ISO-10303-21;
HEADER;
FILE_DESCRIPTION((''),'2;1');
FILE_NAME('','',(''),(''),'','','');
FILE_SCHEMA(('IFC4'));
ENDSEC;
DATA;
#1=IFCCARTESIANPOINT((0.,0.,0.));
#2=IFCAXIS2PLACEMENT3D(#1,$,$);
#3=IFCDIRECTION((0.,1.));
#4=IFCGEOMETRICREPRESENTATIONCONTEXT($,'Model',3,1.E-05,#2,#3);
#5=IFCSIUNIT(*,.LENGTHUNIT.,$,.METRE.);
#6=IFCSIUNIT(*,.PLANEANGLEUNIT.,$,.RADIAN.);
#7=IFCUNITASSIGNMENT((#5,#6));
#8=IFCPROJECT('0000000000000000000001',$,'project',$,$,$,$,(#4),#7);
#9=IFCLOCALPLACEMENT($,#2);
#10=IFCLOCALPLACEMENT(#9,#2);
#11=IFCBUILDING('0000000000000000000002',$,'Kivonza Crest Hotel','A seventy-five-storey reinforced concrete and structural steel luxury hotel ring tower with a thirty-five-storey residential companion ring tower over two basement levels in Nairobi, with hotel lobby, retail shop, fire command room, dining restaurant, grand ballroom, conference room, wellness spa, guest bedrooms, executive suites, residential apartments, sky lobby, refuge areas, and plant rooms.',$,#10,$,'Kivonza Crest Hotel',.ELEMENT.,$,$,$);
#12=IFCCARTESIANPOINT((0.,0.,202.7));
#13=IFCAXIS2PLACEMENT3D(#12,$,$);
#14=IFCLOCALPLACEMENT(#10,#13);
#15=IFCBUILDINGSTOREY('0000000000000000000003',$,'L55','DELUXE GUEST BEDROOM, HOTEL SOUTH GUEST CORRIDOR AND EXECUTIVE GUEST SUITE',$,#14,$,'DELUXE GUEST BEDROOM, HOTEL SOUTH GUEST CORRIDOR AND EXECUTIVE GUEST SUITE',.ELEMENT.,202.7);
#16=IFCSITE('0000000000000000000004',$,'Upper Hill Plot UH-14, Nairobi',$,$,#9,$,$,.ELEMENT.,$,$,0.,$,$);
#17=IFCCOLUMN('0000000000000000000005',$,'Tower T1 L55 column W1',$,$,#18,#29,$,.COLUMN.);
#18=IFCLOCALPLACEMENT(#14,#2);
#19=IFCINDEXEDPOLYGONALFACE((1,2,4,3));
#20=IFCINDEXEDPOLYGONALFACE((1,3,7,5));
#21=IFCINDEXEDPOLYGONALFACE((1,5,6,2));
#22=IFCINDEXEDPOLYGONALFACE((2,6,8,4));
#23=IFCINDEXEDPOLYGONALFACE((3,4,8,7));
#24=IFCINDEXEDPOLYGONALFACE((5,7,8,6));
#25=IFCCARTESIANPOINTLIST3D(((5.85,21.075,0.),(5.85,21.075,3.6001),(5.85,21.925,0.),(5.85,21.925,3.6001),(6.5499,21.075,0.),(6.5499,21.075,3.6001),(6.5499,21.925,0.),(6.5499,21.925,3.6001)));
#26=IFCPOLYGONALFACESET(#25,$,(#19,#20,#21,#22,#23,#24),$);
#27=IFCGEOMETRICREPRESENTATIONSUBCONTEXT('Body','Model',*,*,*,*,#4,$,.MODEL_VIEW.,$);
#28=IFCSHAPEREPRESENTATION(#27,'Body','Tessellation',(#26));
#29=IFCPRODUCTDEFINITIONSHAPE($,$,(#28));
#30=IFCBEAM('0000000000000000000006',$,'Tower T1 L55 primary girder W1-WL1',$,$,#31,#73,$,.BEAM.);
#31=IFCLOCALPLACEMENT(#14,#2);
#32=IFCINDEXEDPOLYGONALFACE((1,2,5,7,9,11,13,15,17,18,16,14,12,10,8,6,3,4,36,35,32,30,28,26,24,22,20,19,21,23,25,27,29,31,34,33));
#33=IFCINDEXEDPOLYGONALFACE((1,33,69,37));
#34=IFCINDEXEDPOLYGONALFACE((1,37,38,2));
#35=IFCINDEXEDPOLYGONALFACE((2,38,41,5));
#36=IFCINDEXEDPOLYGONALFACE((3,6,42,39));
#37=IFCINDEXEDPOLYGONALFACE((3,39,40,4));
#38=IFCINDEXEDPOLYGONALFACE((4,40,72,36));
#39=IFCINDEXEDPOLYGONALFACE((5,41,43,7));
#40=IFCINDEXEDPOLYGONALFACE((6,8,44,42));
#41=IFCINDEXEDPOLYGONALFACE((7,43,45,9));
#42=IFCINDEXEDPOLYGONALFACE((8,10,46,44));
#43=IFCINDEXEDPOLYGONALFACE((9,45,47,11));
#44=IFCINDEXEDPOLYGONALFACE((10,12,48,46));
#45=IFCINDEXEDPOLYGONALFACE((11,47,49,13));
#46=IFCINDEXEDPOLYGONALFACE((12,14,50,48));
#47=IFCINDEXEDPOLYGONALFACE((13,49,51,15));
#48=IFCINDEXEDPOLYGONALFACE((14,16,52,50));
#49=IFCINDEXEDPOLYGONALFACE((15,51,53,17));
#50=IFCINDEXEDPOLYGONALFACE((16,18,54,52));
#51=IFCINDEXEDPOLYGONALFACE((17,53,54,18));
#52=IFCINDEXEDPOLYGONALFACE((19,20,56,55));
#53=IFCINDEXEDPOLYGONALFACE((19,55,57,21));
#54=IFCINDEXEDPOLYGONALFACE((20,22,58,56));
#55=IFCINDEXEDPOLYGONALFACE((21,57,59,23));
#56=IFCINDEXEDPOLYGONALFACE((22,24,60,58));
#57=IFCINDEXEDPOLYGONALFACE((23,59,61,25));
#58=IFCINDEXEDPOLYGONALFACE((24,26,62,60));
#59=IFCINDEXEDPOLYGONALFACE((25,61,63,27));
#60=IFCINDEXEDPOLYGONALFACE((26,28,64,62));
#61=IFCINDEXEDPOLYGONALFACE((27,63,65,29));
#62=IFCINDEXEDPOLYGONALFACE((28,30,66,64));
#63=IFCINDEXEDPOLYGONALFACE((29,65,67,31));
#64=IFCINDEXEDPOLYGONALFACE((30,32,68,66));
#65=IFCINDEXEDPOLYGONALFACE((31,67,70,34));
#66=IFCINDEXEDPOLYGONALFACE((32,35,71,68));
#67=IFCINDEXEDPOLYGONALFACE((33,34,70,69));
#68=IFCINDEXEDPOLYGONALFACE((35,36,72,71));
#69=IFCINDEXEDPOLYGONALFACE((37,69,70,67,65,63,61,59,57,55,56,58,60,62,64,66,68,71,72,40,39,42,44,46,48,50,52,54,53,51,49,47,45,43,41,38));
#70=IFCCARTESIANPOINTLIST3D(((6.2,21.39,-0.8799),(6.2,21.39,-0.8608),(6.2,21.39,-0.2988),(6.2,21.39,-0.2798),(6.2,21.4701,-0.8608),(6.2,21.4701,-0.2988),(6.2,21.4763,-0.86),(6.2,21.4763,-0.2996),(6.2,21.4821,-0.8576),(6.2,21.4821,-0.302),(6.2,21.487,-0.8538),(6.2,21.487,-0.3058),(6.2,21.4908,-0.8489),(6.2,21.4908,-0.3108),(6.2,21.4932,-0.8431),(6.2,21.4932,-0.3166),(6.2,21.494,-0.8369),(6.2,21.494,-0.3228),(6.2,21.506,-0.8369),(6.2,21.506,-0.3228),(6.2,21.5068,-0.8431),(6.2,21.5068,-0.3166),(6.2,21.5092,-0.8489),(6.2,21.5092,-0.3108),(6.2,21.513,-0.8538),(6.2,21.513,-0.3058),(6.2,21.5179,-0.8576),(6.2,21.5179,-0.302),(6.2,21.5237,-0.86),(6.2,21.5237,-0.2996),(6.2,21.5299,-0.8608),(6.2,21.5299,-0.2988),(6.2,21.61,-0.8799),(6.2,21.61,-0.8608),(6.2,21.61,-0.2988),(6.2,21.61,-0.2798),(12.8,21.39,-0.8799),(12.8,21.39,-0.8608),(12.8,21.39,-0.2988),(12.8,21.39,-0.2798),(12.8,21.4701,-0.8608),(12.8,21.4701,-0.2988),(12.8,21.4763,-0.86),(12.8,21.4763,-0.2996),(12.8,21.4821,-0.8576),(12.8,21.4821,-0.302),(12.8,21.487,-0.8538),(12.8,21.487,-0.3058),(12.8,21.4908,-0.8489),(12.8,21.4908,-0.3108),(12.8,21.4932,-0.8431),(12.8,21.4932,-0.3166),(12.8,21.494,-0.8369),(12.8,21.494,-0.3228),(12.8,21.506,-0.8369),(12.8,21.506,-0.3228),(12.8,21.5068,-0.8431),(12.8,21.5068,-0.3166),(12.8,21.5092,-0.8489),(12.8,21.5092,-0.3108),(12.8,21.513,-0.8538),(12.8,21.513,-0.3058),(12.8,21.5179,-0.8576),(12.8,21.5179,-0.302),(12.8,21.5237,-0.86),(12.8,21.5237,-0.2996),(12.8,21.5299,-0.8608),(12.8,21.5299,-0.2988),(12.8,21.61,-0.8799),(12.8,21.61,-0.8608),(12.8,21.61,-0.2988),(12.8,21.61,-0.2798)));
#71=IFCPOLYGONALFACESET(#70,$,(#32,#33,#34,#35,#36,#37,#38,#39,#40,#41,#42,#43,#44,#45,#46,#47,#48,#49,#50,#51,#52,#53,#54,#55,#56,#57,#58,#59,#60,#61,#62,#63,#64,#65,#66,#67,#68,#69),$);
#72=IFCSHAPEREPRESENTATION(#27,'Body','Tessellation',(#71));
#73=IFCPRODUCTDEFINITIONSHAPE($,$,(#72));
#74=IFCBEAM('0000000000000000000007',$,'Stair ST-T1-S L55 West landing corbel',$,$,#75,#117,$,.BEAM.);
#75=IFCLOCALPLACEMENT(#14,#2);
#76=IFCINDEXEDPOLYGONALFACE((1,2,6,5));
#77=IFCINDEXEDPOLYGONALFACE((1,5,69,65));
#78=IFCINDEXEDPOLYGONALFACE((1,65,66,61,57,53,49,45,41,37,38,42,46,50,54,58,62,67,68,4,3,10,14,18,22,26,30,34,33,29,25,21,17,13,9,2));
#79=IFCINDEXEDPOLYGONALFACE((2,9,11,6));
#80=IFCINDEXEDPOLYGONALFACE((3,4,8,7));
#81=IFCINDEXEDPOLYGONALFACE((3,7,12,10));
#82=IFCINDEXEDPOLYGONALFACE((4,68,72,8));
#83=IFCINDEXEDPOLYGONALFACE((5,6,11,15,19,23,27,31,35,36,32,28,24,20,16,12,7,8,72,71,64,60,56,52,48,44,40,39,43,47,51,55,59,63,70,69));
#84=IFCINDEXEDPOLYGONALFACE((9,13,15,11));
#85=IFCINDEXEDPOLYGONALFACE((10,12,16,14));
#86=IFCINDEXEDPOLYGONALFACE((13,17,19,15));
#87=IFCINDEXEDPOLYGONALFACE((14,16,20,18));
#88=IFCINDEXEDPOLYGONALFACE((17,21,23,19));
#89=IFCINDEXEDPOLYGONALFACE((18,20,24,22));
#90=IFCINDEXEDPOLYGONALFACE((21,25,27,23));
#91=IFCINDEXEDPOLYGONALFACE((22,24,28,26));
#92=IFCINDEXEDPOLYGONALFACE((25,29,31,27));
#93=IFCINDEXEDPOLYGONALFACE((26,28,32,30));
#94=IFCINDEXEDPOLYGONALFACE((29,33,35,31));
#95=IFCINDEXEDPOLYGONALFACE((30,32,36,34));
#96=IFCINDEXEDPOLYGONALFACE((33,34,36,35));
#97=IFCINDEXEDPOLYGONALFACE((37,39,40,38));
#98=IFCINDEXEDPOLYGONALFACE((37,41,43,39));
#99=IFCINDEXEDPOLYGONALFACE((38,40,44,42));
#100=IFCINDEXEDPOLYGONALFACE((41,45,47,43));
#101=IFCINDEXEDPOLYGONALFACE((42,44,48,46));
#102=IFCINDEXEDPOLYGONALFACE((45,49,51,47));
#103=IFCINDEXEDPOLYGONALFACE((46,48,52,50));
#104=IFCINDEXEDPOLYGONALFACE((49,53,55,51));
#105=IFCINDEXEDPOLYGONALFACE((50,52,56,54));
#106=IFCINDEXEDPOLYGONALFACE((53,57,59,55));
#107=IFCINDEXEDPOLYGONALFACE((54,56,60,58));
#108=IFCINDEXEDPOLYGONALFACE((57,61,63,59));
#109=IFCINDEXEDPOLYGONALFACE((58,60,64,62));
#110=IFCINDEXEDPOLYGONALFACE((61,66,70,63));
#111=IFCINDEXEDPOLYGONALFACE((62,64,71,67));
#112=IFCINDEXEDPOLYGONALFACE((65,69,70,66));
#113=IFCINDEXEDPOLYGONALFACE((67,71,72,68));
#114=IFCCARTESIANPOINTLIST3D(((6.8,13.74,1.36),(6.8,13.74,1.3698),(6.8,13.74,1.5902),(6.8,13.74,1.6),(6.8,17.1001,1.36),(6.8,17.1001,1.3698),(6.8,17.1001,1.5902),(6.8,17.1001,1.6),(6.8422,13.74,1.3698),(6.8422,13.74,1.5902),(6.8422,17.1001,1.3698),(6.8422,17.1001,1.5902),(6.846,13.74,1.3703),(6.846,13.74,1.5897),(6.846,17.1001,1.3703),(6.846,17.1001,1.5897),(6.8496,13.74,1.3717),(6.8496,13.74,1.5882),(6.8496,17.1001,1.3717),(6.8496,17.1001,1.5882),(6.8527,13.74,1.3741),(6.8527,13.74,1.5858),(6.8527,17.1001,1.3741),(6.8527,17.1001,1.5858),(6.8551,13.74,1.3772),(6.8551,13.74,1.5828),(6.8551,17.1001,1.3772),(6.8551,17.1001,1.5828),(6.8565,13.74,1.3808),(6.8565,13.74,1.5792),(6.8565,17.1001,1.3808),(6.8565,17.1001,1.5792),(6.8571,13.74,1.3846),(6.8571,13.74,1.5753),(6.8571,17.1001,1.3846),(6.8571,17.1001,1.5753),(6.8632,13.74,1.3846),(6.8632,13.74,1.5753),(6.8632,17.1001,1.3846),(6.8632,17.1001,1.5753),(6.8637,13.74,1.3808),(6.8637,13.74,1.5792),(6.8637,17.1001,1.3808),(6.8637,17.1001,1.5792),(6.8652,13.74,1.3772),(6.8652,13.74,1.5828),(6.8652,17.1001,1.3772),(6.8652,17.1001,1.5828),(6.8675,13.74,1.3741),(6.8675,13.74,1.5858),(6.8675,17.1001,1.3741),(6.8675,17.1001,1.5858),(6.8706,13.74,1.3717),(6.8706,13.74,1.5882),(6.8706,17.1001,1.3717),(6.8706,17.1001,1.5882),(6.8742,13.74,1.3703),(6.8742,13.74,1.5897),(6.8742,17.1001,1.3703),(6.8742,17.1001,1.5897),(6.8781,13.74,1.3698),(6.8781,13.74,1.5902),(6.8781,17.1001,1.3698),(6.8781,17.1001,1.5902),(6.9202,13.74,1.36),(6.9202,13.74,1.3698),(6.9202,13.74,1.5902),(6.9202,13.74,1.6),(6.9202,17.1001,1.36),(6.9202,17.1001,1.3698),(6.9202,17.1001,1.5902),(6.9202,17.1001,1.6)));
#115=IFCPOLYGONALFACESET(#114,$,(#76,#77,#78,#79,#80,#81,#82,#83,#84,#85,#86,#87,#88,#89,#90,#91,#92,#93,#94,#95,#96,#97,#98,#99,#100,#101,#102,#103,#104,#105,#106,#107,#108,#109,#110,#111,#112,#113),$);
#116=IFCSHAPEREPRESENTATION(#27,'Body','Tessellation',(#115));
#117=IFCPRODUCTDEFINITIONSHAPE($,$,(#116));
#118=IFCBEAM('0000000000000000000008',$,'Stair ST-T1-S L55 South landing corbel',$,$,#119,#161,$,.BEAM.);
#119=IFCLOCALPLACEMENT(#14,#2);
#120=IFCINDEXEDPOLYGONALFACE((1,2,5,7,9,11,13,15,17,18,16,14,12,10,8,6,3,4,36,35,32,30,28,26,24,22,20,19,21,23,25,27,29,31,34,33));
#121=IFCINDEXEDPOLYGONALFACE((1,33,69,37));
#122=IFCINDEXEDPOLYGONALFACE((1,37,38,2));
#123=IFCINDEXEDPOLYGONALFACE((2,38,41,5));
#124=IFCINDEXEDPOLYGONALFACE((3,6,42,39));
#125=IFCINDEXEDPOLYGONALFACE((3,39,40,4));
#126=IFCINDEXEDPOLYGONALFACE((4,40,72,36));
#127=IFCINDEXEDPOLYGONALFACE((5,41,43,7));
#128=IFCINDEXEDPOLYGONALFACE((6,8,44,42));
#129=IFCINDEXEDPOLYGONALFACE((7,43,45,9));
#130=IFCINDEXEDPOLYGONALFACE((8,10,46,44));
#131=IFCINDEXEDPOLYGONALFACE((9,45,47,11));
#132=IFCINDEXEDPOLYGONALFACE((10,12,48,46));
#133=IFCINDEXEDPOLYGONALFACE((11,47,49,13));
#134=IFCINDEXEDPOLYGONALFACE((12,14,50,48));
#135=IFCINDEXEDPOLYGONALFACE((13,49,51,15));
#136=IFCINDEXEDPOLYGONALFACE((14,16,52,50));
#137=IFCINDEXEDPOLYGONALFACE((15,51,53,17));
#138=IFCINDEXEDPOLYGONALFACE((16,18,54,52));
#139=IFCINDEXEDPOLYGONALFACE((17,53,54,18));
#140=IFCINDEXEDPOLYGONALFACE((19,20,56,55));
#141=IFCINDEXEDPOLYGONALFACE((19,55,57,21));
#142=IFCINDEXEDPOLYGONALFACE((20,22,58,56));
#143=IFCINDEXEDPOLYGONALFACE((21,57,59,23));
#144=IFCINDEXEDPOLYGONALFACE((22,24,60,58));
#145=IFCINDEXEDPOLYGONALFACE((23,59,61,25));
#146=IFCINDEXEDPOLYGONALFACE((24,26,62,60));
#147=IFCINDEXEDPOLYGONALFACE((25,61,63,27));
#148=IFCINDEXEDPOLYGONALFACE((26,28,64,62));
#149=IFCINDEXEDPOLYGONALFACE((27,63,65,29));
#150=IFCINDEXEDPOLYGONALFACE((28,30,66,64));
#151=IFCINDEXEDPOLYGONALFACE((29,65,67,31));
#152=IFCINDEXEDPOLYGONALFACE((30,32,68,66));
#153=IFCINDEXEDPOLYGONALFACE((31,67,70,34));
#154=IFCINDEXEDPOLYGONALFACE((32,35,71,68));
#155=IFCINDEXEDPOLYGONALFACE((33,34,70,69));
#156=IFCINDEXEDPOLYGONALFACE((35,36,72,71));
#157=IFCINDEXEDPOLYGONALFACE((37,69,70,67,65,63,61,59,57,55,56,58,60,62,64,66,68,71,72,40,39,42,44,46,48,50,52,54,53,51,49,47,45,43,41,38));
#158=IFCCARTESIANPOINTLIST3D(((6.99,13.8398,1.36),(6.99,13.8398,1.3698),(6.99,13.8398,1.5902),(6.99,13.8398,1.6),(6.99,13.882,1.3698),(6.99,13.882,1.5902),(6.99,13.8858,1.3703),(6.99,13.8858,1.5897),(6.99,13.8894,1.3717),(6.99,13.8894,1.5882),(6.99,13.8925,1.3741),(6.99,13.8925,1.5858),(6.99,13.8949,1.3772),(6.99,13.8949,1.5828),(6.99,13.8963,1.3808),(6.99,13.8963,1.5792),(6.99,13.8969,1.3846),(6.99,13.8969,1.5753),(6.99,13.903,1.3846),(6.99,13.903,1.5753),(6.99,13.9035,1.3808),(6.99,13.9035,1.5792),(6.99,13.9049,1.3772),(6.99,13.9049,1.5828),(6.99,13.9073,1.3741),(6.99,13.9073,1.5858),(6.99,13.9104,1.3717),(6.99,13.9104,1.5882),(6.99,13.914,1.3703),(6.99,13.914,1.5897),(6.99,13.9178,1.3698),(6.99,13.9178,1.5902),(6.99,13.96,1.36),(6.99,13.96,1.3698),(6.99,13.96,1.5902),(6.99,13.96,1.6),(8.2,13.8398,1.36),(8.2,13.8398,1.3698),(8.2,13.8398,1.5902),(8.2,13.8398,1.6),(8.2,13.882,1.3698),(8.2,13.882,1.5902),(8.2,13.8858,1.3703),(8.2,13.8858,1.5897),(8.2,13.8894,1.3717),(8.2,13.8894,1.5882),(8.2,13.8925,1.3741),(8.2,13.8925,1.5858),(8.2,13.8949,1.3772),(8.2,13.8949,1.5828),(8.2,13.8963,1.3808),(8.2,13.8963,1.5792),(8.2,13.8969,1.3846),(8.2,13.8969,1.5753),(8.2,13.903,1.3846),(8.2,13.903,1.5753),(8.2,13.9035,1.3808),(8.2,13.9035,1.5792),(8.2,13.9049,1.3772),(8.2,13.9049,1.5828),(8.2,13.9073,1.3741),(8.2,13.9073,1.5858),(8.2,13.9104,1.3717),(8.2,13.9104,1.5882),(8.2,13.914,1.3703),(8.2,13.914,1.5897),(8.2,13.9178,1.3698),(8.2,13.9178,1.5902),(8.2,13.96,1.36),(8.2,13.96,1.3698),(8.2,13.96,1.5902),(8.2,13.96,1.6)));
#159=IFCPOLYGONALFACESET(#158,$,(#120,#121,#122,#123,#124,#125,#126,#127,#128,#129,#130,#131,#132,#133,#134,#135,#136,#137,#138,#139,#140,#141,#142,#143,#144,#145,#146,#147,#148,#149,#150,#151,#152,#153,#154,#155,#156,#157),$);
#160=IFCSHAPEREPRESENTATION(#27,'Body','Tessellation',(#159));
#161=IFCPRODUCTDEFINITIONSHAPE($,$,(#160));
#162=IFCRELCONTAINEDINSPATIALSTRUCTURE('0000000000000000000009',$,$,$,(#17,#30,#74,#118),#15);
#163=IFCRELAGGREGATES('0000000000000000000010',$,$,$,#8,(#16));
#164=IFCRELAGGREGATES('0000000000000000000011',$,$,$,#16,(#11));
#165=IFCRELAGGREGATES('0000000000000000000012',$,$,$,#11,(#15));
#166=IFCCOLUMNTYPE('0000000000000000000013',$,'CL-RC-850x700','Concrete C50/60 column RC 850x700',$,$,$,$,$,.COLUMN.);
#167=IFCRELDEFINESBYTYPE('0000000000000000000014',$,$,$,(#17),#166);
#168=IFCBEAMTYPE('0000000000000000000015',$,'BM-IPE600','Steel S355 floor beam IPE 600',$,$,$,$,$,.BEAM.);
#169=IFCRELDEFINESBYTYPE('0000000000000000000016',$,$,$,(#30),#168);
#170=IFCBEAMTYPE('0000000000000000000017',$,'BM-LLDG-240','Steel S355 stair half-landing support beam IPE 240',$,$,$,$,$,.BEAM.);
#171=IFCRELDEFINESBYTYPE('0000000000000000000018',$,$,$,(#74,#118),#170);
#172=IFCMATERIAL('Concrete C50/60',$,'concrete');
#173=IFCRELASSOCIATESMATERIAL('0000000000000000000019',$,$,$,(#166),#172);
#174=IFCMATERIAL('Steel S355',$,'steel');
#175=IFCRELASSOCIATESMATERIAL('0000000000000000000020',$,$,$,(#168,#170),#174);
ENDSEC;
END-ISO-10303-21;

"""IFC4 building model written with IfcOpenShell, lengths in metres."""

from ifc_helpers import new_model, si_unit, direction, frame, origin, origin_2d, place, context, subcontext, project, spatial, rectangle, i_section, extrude, material, material_profile, profile_set, type_object, element, save


model = new_model("IFC4")

# Units and contexts
model_context = context("Model", 3, precision=1e-05, world=origin(), true_north=direction((0.0, 1.0)))
body_context = subcontext(model_context, "Body", "Model", "MODEL_VIEW")
ifc_project = project(units=[si_unit("LENGTHUNIT", "METRE"), si_unit("PLANEANGLEUNIT", "RADIAN")], contexts=[model_context])

# Site, building, storey
site_placement = place(None, origin())
site = spatial("IfcSite", under=ifc_project, at=site_placement, Name="Upper Hill Plot UH-14, Nairobi", CompositionType="ELEMENT", RefElevation=0.0)
building_placement = place(site_placement, origin())
building = spatial("IfcBuilding", under=site, at=building_placement, Name="Kivonza Crest Hotel", Description="A seventy-five-storey reinforced concrete and structural steel luxury hotel ring tower with a thirty-five-storey residential companion ring tower over two basement levels in Nairobi, with hotel lobby, retail shop, fire command room, dining restaurant, grand ballroom, conference room, wellness spa, guest bedrooms, executive suites, residential apartments, sky lobby, refuge areas, and plant rooms.", LongName="Kivonza Crest Hotel", CompositionType="ELEMENT")
storey_placement = place(building_placement, frame((0.0, 0.0, 202.7)))
storey = spatial("IfcBuildingStorey", under=building, at=storey_placement, Name="L55", Description="DELUXE GUEST BEDROOM, HOTEL SOUTH GUEST CORRIDOR AND EXECUTIVE GUEST SUITE", LongName="DELUXE GUEST BEDROOM, HOTEL SOUTH GUEST CORRIDOR AND EXECUTIVE GUEST SUITE", CompositionType="ELEMENT", Elevation=202.7)

# Column
ifc_material_1 = material(Name="Concrete C50/60", Category="concrete")
ifc_material_profile_1 = material_profile(ifc_material_1, rectangle(XDim=0.7, YDim=0.8501, at=origin_2d()), Name="RC 850x700")
ifc_profile_set_1 = profile_set([ifc_material_profile_1], Name="Concrete C50/60")
column_type = type_object("IfcColumnType", Name="CL-RC-850x700", Description="Concrete C50/60 column RC 850x700", PredefinedType="COLUMN", material=ifc_profile_set_1)
column_placement = place(storey_placement, frame((6.2, 21.5, 0.0), z_axis=(0.0, 0.0, 1.0), x_axis=(1.0, 0.0, 0.0)))
element("IfcColumn", 1, at=column_placement, inside=storey, type_object=column_type, Name="Tower T1 L55 column W1", PredefinedType="COLUMN", context=body_context, shape_type="SweptSolid", body=[
    extrude(rectangle(XDim=0.7, YDim=0.8501, at=origin_2d()), origin(), (0.0, 0.0, 1.0), 3.6001),
])

# Beams
ifc_material_2 = material(Name="Steel S355", Category="steel")
ifc_material_profile_2 = material_profile(ifc_material_2, i_section(OverallWidth=0.22, OverallDepth=0.6001, WebThickness=0.012, FlangeThickness=0.019, FilletRadius=0.0239, at=origin_2d()), Name="IPE 600")
ifc_profile_set_2 = profile_set([ifc_material_profile_2], Name="Steel S355")
beam_type_1 = type_object("IfcBeamType", Name="BM-IPE600", Description="Steel S355 floor beam IPE 600", PredefinedType="BEAM", material=ifc_profile_set_2)
beam_1_placement = place(storey_placement, frame((6.2, 21.5, -0.5798), z_axis=(1.0, 0.0, 0.0), x_axis=(0.0, 1.0, 0.0)))
element("IfcBeam", 2, at=beam_1_placement, inside=storey, type_object=beam_type_1, Name="Tower T1 L55 primary girder W1-WL1", PredefinedType="BEAM", context=body_context, shape_type="SweptSolid", body=[
    extrude(i_section(OverallWidth=0.22, OverallDepth=0.6001, WebThickness=0.012, FlangeThickness=0.019, FilletRadius=0.0239, at=origin_2d()), origin(), (0.0, 0.0, 1.0), 6.6001),
])
ifc_material_profile_3 = material_profile(ifc_material_2, i_section(OverallWidth=0.1201, OverallDepth=0.24, WebThickness=0.0061, FlangeThickness=0.0098, FilletRadius=0.0149, at=origin_2d()), Name="IPE 240")
ifc_profile_set_3 = profile_set([ifc_material_profile_3], Name="Steel S355")
beam_type_2 = type_object("IfcBeamType", Name="BM-LLDG-240", Description="Steel S355 stair half-landing support beam IPE 240", PredefinedType="BEAM", material=ifc_profile_set_3)
beam_2_placement = place(storey_placement, frame((6.8601, 13.74, 1.48), z_axis=(0.0, 1.0, 0.0), x_axis=(-1.0, 0.0, 0.0)))
element("IfcBeam", 3, at=beam_2_placement, inside=storey, type_object=beam_type_2, Name="Stair ST-T1-S L55 West landing corbel", PredefinedType="BEAM", context=body_context, shape_type="SweptSolid", body=[
    extrude(i_section(OverallWidth=0.1201, OverallDepth=0.24, WebThickness=0.0061, FlangeThickness=0.0098, FilletRadius=0.0149, at=origin_2d()), origin(), (0.0, 0.0, 1.0), 3.3601),
])
for number, where, z_axis, x_axis, name in (
    (4, (6.99, 13.8999, 1.48), (1.0, 0.0, 0.0), (0.0, 1.0, 0.0), "Stair ST-T1-S L55 South landing corbel"),
):
    element("IfcBeam", number, at=place(storey_placement, frame(where, z_axis=z_axis, x_axis=x_axis)), inside=storey, type_object=beam_type_2, Name=name, PredefinedType="BEAM", context=body_context, shape_type="SweptSolid", body=[
        extrude(i_section(OverallWidth=0.1201, OverallDepth=0.24, WebThickness=0.0061, FlangeThickness=0.0098, FilletRadius=0.0149, at=origin_2d()), origin(), (0.0, 0.0, 1.0), 1.21),
    ])

save(model, "model.ifc")
